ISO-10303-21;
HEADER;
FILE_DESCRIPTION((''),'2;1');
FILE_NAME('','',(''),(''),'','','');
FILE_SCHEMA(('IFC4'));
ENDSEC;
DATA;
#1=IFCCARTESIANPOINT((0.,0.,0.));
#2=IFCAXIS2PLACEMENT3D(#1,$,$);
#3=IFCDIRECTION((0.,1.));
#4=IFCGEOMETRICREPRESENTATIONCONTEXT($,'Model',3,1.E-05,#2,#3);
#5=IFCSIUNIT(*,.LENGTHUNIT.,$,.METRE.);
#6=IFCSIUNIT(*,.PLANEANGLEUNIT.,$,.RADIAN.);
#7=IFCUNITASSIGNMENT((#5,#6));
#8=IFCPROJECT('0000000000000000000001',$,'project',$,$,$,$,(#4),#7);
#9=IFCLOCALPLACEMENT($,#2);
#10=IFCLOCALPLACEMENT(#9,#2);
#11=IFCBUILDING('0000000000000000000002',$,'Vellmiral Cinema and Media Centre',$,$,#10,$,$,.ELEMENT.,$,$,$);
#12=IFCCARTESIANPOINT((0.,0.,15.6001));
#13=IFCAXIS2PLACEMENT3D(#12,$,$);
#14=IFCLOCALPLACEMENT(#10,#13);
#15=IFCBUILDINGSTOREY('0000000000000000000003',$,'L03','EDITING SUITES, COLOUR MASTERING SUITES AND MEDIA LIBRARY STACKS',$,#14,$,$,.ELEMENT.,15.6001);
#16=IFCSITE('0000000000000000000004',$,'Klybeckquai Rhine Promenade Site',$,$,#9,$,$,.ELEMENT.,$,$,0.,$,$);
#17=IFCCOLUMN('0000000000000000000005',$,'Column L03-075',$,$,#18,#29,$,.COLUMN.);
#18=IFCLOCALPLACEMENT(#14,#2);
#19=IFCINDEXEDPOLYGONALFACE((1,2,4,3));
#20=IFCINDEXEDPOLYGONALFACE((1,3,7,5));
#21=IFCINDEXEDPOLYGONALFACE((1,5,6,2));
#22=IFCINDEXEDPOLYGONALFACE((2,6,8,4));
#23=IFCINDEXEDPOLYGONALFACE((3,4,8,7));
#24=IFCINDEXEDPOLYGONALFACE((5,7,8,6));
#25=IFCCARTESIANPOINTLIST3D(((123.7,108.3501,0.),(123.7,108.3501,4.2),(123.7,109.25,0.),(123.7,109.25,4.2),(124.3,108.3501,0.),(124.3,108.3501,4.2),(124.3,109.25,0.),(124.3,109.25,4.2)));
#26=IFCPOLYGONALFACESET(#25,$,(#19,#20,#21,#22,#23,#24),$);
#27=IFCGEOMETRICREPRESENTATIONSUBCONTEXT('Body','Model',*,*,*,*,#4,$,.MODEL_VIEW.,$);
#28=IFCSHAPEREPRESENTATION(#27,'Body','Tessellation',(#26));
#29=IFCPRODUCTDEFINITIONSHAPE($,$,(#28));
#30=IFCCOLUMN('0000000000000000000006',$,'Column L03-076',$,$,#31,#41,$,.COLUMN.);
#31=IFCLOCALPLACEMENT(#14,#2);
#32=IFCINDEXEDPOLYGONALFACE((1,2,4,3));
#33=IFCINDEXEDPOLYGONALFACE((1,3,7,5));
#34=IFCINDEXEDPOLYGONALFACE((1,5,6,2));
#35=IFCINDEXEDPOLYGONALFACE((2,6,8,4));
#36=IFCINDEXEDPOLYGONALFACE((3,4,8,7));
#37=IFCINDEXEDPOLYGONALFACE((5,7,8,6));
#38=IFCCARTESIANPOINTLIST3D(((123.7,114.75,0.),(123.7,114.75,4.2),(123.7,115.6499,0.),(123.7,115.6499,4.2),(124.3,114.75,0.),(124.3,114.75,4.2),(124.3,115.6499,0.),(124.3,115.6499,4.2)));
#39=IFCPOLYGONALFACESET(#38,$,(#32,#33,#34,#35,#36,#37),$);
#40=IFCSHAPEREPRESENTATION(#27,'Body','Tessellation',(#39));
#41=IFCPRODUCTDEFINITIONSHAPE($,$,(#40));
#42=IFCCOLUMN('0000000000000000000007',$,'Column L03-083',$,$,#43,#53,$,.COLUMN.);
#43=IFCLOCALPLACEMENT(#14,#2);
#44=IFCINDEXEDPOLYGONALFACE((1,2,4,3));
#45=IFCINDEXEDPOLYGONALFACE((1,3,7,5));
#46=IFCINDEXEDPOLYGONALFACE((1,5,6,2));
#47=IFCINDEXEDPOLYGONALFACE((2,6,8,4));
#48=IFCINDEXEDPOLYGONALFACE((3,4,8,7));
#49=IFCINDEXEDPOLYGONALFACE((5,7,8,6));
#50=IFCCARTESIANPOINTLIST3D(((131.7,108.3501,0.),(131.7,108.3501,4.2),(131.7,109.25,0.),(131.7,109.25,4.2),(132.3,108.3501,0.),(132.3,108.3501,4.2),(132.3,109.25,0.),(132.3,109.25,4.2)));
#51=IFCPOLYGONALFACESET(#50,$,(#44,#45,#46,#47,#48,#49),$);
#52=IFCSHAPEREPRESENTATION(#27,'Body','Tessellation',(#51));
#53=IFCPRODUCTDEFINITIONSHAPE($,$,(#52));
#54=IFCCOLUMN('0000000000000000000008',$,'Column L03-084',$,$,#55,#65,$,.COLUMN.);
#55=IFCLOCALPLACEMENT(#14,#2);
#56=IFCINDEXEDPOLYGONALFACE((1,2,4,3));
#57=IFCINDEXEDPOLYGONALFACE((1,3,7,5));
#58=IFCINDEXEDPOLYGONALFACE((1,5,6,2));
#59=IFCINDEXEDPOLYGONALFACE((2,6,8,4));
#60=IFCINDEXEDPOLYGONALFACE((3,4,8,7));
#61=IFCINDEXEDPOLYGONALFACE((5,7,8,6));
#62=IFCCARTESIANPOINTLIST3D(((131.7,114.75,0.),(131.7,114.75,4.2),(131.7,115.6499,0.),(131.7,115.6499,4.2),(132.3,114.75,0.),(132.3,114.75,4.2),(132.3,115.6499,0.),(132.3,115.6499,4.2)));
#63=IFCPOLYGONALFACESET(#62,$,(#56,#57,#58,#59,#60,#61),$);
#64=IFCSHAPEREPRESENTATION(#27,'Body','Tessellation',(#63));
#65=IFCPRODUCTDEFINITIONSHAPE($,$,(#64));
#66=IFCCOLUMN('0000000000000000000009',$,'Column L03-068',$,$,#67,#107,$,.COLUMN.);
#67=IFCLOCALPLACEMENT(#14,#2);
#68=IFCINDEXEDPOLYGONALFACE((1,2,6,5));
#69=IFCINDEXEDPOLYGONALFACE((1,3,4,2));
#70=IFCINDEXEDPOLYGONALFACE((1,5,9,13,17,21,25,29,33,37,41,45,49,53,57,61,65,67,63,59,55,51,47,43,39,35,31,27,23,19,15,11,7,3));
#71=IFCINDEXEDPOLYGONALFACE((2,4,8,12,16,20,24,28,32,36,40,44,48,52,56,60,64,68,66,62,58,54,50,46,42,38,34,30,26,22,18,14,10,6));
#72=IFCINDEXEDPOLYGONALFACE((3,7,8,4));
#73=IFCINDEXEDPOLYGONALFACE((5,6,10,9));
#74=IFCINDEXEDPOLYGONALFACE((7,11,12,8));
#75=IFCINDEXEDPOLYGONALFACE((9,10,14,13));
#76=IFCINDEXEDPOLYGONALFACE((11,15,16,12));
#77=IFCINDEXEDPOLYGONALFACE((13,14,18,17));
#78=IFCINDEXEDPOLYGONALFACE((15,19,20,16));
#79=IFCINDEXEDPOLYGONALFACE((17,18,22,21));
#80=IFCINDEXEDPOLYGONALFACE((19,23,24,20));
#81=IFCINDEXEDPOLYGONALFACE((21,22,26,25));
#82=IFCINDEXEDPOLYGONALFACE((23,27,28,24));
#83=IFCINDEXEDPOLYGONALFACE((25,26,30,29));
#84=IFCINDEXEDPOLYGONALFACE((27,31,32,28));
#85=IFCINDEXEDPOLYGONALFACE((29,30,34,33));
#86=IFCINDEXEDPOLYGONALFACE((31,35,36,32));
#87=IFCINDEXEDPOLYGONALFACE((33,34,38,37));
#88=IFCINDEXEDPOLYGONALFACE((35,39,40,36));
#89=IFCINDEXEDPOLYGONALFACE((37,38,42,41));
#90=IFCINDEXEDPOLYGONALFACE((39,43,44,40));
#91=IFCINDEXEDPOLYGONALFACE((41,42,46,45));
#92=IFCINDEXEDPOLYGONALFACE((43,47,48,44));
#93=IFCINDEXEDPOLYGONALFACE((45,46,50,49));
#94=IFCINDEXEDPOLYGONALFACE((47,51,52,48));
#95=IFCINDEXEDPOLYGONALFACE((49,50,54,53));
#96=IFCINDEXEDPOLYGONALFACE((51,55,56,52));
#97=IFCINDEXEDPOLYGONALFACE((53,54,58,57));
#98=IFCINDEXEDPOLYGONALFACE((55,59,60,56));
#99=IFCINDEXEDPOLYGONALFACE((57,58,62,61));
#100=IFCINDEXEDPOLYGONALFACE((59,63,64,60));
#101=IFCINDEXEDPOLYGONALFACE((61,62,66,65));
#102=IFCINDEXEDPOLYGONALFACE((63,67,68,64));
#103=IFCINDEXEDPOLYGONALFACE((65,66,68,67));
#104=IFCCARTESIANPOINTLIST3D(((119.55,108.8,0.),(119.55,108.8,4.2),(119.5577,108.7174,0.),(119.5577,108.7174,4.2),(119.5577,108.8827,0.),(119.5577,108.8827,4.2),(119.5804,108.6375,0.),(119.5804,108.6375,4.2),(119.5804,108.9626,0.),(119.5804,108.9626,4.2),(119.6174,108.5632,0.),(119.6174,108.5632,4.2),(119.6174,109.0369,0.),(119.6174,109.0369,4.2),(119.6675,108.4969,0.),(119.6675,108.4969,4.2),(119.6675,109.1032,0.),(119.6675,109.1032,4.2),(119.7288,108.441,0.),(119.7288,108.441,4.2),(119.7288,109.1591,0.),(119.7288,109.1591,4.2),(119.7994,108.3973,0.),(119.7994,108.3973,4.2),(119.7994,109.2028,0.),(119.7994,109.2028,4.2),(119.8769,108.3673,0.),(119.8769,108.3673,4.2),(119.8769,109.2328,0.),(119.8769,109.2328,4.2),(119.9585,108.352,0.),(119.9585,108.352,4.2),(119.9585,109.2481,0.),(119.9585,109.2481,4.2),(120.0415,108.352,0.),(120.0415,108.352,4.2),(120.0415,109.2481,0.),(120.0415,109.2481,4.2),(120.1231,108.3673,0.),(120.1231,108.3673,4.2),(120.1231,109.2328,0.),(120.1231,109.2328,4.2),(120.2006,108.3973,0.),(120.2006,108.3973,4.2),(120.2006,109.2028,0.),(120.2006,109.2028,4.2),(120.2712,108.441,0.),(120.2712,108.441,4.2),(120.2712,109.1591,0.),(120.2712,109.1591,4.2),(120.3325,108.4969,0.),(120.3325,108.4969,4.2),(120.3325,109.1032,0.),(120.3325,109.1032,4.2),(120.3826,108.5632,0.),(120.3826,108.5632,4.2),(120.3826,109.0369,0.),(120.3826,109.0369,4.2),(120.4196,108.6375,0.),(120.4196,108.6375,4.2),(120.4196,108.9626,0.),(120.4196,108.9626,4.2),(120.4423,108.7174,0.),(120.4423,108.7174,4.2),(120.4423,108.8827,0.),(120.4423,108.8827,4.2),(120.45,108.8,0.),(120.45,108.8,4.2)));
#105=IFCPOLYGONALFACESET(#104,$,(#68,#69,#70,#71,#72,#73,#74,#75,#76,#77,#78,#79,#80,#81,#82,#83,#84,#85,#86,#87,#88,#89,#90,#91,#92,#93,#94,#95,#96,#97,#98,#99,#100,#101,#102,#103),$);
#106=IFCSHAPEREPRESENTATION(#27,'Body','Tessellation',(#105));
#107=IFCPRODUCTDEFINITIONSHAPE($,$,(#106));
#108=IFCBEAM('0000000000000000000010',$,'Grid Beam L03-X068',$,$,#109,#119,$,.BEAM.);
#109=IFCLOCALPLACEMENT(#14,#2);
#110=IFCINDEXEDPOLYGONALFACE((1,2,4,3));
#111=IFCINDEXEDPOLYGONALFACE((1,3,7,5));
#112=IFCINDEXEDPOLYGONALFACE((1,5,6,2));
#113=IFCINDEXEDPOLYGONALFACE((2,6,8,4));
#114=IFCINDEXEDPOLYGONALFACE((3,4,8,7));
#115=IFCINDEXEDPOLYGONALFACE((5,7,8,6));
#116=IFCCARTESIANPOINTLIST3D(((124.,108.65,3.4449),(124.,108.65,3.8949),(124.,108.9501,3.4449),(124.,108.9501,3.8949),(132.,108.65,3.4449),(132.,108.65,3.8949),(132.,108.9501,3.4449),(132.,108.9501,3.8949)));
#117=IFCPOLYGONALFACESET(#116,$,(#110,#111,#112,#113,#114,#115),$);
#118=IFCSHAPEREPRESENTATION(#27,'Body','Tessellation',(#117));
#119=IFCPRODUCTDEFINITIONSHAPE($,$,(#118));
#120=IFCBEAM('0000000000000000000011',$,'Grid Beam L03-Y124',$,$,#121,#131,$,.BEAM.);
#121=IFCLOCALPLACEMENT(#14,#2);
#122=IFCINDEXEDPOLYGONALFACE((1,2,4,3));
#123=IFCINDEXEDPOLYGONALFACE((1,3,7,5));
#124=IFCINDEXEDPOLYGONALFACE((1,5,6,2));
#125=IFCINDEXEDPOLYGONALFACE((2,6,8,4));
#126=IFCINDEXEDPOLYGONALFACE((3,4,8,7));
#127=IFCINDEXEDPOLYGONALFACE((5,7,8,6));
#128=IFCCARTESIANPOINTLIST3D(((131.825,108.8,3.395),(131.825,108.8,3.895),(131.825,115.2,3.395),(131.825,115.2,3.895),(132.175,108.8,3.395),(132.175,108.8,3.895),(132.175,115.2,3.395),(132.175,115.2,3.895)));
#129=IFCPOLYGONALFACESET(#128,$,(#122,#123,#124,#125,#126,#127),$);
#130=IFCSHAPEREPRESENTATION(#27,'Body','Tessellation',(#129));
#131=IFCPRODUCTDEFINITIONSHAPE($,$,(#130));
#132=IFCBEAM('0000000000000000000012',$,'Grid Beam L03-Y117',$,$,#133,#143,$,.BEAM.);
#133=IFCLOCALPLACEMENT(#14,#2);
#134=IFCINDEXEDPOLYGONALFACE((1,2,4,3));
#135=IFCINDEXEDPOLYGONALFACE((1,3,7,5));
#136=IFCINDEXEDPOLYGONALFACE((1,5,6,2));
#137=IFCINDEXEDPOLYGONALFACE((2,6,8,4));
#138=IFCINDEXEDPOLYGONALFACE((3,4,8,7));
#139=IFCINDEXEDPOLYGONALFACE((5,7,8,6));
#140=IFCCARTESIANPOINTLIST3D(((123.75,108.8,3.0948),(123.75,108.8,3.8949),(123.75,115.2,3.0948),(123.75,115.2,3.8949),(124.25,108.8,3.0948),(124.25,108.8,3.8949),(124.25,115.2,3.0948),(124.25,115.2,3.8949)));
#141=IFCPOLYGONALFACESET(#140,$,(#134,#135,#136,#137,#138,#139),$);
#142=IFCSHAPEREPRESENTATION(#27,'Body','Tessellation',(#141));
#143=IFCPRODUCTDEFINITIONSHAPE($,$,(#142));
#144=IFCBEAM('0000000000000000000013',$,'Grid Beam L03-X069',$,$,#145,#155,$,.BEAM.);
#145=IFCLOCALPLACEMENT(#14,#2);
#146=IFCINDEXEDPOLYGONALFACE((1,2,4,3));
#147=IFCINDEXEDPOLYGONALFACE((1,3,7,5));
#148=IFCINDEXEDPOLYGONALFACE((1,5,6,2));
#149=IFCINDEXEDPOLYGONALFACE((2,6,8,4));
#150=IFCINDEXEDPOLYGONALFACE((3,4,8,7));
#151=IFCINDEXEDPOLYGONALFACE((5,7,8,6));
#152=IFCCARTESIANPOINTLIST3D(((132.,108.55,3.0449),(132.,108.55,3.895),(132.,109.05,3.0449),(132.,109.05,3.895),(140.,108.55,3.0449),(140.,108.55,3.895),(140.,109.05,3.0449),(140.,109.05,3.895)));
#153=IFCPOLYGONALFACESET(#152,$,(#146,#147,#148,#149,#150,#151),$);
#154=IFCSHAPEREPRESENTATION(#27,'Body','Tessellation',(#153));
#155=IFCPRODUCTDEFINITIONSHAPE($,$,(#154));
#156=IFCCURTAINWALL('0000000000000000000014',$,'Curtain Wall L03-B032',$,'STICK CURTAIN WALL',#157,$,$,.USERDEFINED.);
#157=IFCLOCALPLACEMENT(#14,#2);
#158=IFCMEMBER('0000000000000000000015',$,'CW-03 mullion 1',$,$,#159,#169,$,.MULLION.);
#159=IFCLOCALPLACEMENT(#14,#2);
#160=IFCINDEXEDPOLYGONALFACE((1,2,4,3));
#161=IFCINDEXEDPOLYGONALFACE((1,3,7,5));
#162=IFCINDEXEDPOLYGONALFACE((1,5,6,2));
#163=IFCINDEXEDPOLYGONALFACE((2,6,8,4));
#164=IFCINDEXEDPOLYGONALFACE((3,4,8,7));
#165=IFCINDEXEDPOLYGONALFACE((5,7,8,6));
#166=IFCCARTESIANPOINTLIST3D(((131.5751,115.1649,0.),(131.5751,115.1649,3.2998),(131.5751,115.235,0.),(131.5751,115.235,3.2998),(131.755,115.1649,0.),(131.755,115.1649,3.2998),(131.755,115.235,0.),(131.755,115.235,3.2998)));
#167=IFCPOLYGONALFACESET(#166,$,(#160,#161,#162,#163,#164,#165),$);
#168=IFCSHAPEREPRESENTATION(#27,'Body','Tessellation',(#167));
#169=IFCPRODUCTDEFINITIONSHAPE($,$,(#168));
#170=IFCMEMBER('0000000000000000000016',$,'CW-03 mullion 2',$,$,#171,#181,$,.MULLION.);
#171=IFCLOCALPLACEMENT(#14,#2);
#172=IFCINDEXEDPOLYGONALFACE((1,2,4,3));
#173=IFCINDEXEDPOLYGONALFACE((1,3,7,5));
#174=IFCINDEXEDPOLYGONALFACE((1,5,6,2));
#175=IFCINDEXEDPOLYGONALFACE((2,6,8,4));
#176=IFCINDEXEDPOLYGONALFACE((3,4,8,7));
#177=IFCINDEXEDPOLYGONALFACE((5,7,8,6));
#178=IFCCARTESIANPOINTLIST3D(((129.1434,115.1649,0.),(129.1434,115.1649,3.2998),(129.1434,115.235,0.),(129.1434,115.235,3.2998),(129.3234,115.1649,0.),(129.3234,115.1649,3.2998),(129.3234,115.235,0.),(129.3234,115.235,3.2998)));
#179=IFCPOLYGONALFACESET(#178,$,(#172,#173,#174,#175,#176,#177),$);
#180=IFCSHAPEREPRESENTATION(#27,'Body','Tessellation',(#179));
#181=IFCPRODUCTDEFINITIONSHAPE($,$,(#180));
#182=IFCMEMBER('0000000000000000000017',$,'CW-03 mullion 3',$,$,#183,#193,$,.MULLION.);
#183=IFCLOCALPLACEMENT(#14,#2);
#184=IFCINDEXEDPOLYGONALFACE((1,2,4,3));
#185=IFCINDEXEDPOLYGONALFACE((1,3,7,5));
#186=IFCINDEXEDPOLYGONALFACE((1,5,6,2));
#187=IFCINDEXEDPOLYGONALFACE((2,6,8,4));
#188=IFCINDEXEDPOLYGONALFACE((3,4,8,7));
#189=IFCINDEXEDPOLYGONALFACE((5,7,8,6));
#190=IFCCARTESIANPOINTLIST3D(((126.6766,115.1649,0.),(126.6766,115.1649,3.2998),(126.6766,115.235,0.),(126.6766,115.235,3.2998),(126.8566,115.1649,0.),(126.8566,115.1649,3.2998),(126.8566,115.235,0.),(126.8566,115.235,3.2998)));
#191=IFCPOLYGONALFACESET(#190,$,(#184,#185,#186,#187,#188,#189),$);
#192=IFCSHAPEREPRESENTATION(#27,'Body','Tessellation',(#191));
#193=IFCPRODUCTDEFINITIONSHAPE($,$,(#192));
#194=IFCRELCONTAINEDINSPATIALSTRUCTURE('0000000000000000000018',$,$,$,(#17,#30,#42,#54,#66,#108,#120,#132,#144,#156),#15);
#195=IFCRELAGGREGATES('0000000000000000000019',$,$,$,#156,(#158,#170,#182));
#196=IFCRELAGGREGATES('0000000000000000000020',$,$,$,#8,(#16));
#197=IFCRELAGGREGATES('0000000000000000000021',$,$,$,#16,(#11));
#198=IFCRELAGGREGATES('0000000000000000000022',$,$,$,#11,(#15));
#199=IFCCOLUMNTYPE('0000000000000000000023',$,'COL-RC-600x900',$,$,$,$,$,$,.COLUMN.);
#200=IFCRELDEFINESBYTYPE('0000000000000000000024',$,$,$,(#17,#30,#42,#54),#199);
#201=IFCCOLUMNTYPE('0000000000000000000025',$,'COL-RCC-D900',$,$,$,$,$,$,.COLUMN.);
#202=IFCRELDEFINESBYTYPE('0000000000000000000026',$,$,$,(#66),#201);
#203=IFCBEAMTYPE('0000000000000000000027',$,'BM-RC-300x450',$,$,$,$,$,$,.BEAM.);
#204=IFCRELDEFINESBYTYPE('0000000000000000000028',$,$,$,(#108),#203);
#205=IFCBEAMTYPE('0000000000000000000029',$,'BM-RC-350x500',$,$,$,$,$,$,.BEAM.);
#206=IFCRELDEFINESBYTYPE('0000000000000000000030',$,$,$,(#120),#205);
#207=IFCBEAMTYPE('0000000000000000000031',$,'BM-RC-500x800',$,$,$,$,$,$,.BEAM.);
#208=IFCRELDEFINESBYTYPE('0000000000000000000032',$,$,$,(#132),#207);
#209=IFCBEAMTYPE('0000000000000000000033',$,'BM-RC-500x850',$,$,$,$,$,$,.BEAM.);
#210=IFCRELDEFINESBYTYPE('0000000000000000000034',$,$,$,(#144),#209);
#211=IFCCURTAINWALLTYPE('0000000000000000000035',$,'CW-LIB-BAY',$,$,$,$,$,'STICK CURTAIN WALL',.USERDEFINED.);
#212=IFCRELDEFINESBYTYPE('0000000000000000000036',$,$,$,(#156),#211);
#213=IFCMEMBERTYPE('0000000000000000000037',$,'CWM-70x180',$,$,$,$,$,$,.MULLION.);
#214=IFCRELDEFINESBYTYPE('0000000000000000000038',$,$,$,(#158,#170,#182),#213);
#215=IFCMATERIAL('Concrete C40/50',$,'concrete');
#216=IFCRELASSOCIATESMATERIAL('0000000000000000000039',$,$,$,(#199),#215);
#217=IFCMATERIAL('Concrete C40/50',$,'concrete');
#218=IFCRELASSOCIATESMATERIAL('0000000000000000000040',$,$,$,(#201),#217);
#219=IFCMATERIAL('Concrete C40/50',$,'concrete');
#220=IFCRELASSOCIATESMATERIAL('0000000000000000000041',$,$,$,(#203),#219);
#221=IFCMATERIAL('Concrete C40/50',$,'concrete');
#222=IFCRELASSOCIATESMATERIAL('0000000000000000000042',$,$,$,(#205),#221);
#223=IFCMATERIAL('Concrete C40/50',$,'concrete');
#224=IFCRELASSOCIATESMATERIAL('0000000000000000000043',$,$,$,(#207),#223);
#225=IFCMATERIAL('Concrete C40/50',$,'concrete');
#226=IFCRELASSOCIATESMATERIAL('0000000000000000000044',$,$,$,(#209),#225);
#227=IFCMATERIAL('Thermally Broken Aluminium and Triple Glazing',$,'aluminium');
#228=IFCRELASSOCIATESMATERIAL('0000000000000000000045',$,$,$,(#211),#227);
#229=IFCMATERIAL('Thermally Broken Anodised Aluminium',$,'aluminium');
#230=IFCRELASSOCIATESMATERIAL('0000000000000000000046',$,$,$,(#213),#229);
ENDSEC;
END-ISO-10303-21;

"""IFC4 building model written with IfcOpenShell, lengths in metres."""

from ifc_helpers import new_model, si_unit, direction, frame, origin, origin_2d, place, context, subcontext, project, spatial, rectangle, circle, extrude, material, material_profile, profile_set, type_object, element, aggregate, save


model = new_model("IFC4")

# Units and contexts
model_context = context("Model", 3, precision=1e-05, world=origin(), true_north=direction((0.0, 1.0)))
body_context = subcontext(model_context, "Body", "Model", "MODEL_VIEW")
ifc_project = project(units=[si_unit("LENGTHUNIT", "METRE"), si_unit("PLANEANGLEUNIT", "RADIAN")], contexts=[model_context])

# Site, building, storey
site_placement = place(None, origin())
site = spatial("IfcSite", under=ifc_project, at=site_placement, Name="Klybeckquai Rhine Promenade Site", CompositionType="ELEMENT", RefElevation=0.0)
building_placement = place(site_placement, origin())
building = spatial("IfcBuilding", under=site, at=building_placement, Name="Vellmiral Cinema and Media Centre", CompositionType="ELEMENT")
storey_placement = place(building_placement, frame((0.0, 0.0, 15.6001)))
storey = spatial("IfcBuildingStorey", under=building, at=storey_placement, Name="L03", Description="EDITING SUITES, COLOUR MASTERING SUITES AND MEDIA LIBRARY STACKS", CompositionType="ELEMENT", Elevation=15.6001)

# Columns
ifc_material_1 = material(Name="Concrete C40/50", Category="concrete")
ifc_material_profile_1 = material_profile(ifc_material_1, rectangle(XDim=0.6001, YDim=0.8999, at=origin_2d()), Name="RC 600x900")
ifc_profile_set_1 = profile_set([ifc_material_profile_1], Name="Concrete C40/50")
column_type_1 = type_object("IfcColumnType", Name="COL-RC-600x900", PredefinedType="COLUMN", material=ifc_profile_set_1)
for number, where, z_axis, x_axis, name in (
    (1, (124.0, 108.8, 0.0), (0.0, 0.0, 1.0), (1.0, 0.0, 0.0), "Column L03-075"),
    (2, (124.0, 115.2, 0.0), (0.0, 0.0, 1.0), (1.0, 0.0, 0.0), "Column L03-076"),
    (3, (132.0, 108.8, 0.0), (0.0, 0.0, 1.0), (1.0, 0.0, 0.0), "Column L03-083"),
    (4, (132.0, 115.2, 0.0), (0.0, 0.0, 1.0), (1.0, 0.0, 0.0), "Column L03-084"),
):
    element("IfcColumn", number, at=place(storey_placement, frame(where, z_axis=z_axis, x_axis=x_axis)), inside=storey, type_object=column_type_1, Name=name, PredefinedType="COLUMN", context=body_context, shape_type="SweptSolid", body=[
        extrude(rectangle(XDim=0.6001, YDim=0.8999, at=origin_2d()), origin(), (0.0, 0.0, 1.0), 4.2),
    ])
ifc_material_2 = material(Name="Concrete C40/50", Category="concrete")
ifc_material_profile_2 = material_profile(ifc_material_2, circle(Radius=0.45, at=origin_2d()), Name="RC D900")
ifc_profile_set_2 = profile_set([ifc_material_profile_2], Name="Concrete C40/50")
column_type_2 = type_object("IfcColumnType", Name="COL-RCC-D900", PredefinedType="COLUMN", material=ifc_profile_set_2)
column_placement = place(storey_placement, frame((120.0, 108.8, 0.0), z_axis=(0.0, 0.0, 1.0), x_axis=(1.0, 0.0, 0.0)))
element("IfcColumn", 5, at=column_placement, inside=storey, type_object=column_type_2, Name="Column L03-068", PredefinedType="COLUMN", context=body_context, shape_type="SweptSolid", body=[
    extrude(circle(Radius=0.45, at=origin_2d()), origin(), (0.0, 0.0, 1.0), 4.2),
])

# Beams
ifc_material_3 = material(Name="Concrete C40/50", Category="concrete")
ifc_material_profile_3 = material_profile(ifc_material_3, rectangle(XDim=0.3, YDim=0.45, at=origin_2d()), Name="RC 300x450")
ifc_profile_set_3 = profile_set([ifc_material_profile_3], Name="Concrete C40/50")
beam_type_1 = type_object("IfcBeamType", Name="BM-RC-300x450", PredefinedType="BEAM", material=ifc_profile_set_3)
beam_1_placement = place(storey_placement, frame((124.0, 108.8, 3.6699), z_axis=(1.0, 0.0, 0.0), x_axis=(0.0, 1.0, 0.0)))
element("IfcBeam", 6, at=beam_1_placement, inside=storey, type_object=beam_type_1, Name="Grid Beam L03-X068", PredefinedType="BEAM", context=body_context, shape_type="SweptSolid", body=[
    extrude(rectangle(XDim=0.3, YDim=0.45, at=origin_2d()), origin(), (0.0, 0.0, 1.0), 8.0),
])
ifc_material_4 = material(Name="Concrete C40/50", Category="concrete")
ifc_material_profile_4 = material_profile(ifc_material_4, rectangle(XDim=0.3501, YDim=0.5, at=origin_2d()), Name="RC 350x500")
ifc_profile_set_4 = profile_set([ifc_material_profile_4], Name="Concrete C40/50")
beam_type_2 = type_object("IfcBeamType", Name="BM-RC-350x500", PredefinedType="BEAM", material=ifc_profile_set_4)
beam_2_placement = place(storey_placement, frame((132.0, 108.8, 3.645), z_axis=(0.0, 1.0, 0.0), x_axis=(-1.0, 0.0, 0.0)))
element("IfcBeam", 7, at=beam_2_placement, inside=storey, type_object=beam_type_2, Name="Grid Beam L03-Y124", PredefinedType="BEAM", context=body_context, shape_type="SweptSolid", body=[
    extrude(rectangle(XDim=0.3501, YDim=0.5, at=origin_2d()), origin(), (0.0, 0.0, 1.0), 6.3999),
])
ifc_material_5 = material(Name="Concrete C40/50", Category="concrete")
ifc_material_profile_5 = material_profile(ifc_material_5, rectangle(XDim=0.5, YDim=0.8, at=origin_2d()), Name="RC 500x800")
ifc_profile_set_5 = profile_set([ifc_material_profile_5], Name="Concrete C40/50")
beam_type_3 = type_object("IfcBeamType", Name="BM-RC-500x800", PredefinedType="BEAM", material=ifc_profile_set_5)
beam_3_placement = place(storey_placement, frame((124.0, 108.8, 3.4949), z_axis=(0.0, 1.0, 0.0), x_axis=(-1.0, 0.0, 0.0)))
element("IfcBeam", 8, at=beam_3_placement, inside=storey, type_object=beam_type_3, Name="Grid Beam L03-Y117", PredefinedType="BEAM", context=body_context, shape_type="SweptSolid", body=[
    extrude(rectangle(XDim=0.5, YDim=0.8, at=origin_2d()), origin(), (0.0, 0.0, 1.0), 6.3999),
])
ifc_material_6 = material(Name="Concrete C40/50", Category="concrete")
ifc_material_profile_6 = material_profile(ifc_material_6, rectangle(XDim=0.5, YDim=0.8501, at=origin_2d()), Name="RC 500x850")
ifc_profile_set_6 = profile_set([ifc_material_profile_6], Name="Concrete C40/50")
beam_type_4 = type_object("IfcBeamType", Name="BM-RC-500x850", PredefinedType="BEAM", material=ifc_profile_set_6)
beam_4_placement = place(storey_placement, frame((132.0, 108.8, 3.47), z_axis=(1.0, 0.0, 0.0), x_axis=(0.0, 1.0, 0.0)))
element("IfcBeam", 9, at=beam_4_placement, inside=storey, type_object=beam_type_4, Name="Grid Beam L03-X069", PredefinedType="BEAM", context=body_context, shape_type="SweptSolid", body=[
    extrude(rectangle(XDim=0.5, YDim=0.8501, at=origin_2d()), origin(), (0.0, 0.0, 1.0), 8.0),
])

# Curtain wall, members
ifc_material_7 = material(Name="Thermally Broken Aluminium and Triple Glazing", Category="aluminium")
curtain_wall_type = type_object("IfcCurtainWallType", Name="CW-LIB-BAY", ElementType="STICK CURTAIN WALL", PredefinedType="USERDEFINED", material=ifc_material_7)
curtain_wall_placement = place(storey_placement, origin())
curtain_wall = element("IfcCurtainWall", 10, at=curtain_wall_placement, inside=storey, type_object=curtain_wall_type, Name="Curtain Wall L03-B032", ObjectType="STICK CURTAIN WALL", PredefinedType="USERDEFINED")
ifc_material_8 = material(Name="Thermally Broken Anodised Aluminium", Category="aluminium")
ifc_material_profile_7 = material_profile(ifc_material_8, rectangle(XDim=0.0701, YDim=0.1799, at=origin_2d()), Name="MULL 70x180")
ifc_profile_set_7 = profile_set([ifc_material_profile_7], Name="Thermally Broken Anodised Aluminium")
member_type_1 = type_object("IfcMemberType", Name="CWM-70x180", PredefinedType="MULLION", material=ifc_profile_set_7)
member_1_placement = place(storey_placement, frame((131.665, 115.2, 0.0), z_axis=(0.0, 0.0, 1.0), x_axis=(0.0, -1.0, 0.0)))
member_1 = element("IfcMember", 11, at=member_1_placement, type_object=member_type_1, Name="CW-03 mullion 1", PredefinedType="MULLION", context=body_context, shape_type="SweptSolid", body=[
    extrude(rectangle(XDim=0.0701, YDim=0.1799, at=origin_2d()), origin(), (0.0, 0.0, 1.0), 3.2998),
])
member_2_placement = place(storey_placement, frame((129.2334, 115.2, 0.0), z_axis=(0.0, 0.0, 1.0), x_axis=(0.0, -1.0, 0.0)))
member_2 = element("IfcMember", 12, at=member_2_placement, type_object=member_type_1, Name="CW-03 mullion 2", PredefinedType="MULLION", context=body_context, shape_type="SweptSolid", body=[
    extrude(rectangle(XDim=0.0701, YDim=0.1799, at=origin_2d()), origin(), (0.0, 0.0, 1.0), 3.2998),
])
member_3_placement = place(storey_placement, frame((126.7666, 115.2, 0.0), z_axis=(0.0, 0.0, 1.0), x_axis=(0.0, -1.0, 0.0)))
member_3 = element("IfcMember", 13, at=member_3_placement, type_object=member_type_1, Name="CW-03 mullion 3", PredefinedType="MULLION", context=body_context, shape_type="SweptSolid", body=[
    extrude(rectangle(XDim=0.0701, YDim=0.1799, at=origin_2d()), origin(), (0.0, 0.0, 1.0), 3.2998),
])

aggregate(curtain_wall, [member_1, member_2, member_3])

save(model, "model.ifc")
